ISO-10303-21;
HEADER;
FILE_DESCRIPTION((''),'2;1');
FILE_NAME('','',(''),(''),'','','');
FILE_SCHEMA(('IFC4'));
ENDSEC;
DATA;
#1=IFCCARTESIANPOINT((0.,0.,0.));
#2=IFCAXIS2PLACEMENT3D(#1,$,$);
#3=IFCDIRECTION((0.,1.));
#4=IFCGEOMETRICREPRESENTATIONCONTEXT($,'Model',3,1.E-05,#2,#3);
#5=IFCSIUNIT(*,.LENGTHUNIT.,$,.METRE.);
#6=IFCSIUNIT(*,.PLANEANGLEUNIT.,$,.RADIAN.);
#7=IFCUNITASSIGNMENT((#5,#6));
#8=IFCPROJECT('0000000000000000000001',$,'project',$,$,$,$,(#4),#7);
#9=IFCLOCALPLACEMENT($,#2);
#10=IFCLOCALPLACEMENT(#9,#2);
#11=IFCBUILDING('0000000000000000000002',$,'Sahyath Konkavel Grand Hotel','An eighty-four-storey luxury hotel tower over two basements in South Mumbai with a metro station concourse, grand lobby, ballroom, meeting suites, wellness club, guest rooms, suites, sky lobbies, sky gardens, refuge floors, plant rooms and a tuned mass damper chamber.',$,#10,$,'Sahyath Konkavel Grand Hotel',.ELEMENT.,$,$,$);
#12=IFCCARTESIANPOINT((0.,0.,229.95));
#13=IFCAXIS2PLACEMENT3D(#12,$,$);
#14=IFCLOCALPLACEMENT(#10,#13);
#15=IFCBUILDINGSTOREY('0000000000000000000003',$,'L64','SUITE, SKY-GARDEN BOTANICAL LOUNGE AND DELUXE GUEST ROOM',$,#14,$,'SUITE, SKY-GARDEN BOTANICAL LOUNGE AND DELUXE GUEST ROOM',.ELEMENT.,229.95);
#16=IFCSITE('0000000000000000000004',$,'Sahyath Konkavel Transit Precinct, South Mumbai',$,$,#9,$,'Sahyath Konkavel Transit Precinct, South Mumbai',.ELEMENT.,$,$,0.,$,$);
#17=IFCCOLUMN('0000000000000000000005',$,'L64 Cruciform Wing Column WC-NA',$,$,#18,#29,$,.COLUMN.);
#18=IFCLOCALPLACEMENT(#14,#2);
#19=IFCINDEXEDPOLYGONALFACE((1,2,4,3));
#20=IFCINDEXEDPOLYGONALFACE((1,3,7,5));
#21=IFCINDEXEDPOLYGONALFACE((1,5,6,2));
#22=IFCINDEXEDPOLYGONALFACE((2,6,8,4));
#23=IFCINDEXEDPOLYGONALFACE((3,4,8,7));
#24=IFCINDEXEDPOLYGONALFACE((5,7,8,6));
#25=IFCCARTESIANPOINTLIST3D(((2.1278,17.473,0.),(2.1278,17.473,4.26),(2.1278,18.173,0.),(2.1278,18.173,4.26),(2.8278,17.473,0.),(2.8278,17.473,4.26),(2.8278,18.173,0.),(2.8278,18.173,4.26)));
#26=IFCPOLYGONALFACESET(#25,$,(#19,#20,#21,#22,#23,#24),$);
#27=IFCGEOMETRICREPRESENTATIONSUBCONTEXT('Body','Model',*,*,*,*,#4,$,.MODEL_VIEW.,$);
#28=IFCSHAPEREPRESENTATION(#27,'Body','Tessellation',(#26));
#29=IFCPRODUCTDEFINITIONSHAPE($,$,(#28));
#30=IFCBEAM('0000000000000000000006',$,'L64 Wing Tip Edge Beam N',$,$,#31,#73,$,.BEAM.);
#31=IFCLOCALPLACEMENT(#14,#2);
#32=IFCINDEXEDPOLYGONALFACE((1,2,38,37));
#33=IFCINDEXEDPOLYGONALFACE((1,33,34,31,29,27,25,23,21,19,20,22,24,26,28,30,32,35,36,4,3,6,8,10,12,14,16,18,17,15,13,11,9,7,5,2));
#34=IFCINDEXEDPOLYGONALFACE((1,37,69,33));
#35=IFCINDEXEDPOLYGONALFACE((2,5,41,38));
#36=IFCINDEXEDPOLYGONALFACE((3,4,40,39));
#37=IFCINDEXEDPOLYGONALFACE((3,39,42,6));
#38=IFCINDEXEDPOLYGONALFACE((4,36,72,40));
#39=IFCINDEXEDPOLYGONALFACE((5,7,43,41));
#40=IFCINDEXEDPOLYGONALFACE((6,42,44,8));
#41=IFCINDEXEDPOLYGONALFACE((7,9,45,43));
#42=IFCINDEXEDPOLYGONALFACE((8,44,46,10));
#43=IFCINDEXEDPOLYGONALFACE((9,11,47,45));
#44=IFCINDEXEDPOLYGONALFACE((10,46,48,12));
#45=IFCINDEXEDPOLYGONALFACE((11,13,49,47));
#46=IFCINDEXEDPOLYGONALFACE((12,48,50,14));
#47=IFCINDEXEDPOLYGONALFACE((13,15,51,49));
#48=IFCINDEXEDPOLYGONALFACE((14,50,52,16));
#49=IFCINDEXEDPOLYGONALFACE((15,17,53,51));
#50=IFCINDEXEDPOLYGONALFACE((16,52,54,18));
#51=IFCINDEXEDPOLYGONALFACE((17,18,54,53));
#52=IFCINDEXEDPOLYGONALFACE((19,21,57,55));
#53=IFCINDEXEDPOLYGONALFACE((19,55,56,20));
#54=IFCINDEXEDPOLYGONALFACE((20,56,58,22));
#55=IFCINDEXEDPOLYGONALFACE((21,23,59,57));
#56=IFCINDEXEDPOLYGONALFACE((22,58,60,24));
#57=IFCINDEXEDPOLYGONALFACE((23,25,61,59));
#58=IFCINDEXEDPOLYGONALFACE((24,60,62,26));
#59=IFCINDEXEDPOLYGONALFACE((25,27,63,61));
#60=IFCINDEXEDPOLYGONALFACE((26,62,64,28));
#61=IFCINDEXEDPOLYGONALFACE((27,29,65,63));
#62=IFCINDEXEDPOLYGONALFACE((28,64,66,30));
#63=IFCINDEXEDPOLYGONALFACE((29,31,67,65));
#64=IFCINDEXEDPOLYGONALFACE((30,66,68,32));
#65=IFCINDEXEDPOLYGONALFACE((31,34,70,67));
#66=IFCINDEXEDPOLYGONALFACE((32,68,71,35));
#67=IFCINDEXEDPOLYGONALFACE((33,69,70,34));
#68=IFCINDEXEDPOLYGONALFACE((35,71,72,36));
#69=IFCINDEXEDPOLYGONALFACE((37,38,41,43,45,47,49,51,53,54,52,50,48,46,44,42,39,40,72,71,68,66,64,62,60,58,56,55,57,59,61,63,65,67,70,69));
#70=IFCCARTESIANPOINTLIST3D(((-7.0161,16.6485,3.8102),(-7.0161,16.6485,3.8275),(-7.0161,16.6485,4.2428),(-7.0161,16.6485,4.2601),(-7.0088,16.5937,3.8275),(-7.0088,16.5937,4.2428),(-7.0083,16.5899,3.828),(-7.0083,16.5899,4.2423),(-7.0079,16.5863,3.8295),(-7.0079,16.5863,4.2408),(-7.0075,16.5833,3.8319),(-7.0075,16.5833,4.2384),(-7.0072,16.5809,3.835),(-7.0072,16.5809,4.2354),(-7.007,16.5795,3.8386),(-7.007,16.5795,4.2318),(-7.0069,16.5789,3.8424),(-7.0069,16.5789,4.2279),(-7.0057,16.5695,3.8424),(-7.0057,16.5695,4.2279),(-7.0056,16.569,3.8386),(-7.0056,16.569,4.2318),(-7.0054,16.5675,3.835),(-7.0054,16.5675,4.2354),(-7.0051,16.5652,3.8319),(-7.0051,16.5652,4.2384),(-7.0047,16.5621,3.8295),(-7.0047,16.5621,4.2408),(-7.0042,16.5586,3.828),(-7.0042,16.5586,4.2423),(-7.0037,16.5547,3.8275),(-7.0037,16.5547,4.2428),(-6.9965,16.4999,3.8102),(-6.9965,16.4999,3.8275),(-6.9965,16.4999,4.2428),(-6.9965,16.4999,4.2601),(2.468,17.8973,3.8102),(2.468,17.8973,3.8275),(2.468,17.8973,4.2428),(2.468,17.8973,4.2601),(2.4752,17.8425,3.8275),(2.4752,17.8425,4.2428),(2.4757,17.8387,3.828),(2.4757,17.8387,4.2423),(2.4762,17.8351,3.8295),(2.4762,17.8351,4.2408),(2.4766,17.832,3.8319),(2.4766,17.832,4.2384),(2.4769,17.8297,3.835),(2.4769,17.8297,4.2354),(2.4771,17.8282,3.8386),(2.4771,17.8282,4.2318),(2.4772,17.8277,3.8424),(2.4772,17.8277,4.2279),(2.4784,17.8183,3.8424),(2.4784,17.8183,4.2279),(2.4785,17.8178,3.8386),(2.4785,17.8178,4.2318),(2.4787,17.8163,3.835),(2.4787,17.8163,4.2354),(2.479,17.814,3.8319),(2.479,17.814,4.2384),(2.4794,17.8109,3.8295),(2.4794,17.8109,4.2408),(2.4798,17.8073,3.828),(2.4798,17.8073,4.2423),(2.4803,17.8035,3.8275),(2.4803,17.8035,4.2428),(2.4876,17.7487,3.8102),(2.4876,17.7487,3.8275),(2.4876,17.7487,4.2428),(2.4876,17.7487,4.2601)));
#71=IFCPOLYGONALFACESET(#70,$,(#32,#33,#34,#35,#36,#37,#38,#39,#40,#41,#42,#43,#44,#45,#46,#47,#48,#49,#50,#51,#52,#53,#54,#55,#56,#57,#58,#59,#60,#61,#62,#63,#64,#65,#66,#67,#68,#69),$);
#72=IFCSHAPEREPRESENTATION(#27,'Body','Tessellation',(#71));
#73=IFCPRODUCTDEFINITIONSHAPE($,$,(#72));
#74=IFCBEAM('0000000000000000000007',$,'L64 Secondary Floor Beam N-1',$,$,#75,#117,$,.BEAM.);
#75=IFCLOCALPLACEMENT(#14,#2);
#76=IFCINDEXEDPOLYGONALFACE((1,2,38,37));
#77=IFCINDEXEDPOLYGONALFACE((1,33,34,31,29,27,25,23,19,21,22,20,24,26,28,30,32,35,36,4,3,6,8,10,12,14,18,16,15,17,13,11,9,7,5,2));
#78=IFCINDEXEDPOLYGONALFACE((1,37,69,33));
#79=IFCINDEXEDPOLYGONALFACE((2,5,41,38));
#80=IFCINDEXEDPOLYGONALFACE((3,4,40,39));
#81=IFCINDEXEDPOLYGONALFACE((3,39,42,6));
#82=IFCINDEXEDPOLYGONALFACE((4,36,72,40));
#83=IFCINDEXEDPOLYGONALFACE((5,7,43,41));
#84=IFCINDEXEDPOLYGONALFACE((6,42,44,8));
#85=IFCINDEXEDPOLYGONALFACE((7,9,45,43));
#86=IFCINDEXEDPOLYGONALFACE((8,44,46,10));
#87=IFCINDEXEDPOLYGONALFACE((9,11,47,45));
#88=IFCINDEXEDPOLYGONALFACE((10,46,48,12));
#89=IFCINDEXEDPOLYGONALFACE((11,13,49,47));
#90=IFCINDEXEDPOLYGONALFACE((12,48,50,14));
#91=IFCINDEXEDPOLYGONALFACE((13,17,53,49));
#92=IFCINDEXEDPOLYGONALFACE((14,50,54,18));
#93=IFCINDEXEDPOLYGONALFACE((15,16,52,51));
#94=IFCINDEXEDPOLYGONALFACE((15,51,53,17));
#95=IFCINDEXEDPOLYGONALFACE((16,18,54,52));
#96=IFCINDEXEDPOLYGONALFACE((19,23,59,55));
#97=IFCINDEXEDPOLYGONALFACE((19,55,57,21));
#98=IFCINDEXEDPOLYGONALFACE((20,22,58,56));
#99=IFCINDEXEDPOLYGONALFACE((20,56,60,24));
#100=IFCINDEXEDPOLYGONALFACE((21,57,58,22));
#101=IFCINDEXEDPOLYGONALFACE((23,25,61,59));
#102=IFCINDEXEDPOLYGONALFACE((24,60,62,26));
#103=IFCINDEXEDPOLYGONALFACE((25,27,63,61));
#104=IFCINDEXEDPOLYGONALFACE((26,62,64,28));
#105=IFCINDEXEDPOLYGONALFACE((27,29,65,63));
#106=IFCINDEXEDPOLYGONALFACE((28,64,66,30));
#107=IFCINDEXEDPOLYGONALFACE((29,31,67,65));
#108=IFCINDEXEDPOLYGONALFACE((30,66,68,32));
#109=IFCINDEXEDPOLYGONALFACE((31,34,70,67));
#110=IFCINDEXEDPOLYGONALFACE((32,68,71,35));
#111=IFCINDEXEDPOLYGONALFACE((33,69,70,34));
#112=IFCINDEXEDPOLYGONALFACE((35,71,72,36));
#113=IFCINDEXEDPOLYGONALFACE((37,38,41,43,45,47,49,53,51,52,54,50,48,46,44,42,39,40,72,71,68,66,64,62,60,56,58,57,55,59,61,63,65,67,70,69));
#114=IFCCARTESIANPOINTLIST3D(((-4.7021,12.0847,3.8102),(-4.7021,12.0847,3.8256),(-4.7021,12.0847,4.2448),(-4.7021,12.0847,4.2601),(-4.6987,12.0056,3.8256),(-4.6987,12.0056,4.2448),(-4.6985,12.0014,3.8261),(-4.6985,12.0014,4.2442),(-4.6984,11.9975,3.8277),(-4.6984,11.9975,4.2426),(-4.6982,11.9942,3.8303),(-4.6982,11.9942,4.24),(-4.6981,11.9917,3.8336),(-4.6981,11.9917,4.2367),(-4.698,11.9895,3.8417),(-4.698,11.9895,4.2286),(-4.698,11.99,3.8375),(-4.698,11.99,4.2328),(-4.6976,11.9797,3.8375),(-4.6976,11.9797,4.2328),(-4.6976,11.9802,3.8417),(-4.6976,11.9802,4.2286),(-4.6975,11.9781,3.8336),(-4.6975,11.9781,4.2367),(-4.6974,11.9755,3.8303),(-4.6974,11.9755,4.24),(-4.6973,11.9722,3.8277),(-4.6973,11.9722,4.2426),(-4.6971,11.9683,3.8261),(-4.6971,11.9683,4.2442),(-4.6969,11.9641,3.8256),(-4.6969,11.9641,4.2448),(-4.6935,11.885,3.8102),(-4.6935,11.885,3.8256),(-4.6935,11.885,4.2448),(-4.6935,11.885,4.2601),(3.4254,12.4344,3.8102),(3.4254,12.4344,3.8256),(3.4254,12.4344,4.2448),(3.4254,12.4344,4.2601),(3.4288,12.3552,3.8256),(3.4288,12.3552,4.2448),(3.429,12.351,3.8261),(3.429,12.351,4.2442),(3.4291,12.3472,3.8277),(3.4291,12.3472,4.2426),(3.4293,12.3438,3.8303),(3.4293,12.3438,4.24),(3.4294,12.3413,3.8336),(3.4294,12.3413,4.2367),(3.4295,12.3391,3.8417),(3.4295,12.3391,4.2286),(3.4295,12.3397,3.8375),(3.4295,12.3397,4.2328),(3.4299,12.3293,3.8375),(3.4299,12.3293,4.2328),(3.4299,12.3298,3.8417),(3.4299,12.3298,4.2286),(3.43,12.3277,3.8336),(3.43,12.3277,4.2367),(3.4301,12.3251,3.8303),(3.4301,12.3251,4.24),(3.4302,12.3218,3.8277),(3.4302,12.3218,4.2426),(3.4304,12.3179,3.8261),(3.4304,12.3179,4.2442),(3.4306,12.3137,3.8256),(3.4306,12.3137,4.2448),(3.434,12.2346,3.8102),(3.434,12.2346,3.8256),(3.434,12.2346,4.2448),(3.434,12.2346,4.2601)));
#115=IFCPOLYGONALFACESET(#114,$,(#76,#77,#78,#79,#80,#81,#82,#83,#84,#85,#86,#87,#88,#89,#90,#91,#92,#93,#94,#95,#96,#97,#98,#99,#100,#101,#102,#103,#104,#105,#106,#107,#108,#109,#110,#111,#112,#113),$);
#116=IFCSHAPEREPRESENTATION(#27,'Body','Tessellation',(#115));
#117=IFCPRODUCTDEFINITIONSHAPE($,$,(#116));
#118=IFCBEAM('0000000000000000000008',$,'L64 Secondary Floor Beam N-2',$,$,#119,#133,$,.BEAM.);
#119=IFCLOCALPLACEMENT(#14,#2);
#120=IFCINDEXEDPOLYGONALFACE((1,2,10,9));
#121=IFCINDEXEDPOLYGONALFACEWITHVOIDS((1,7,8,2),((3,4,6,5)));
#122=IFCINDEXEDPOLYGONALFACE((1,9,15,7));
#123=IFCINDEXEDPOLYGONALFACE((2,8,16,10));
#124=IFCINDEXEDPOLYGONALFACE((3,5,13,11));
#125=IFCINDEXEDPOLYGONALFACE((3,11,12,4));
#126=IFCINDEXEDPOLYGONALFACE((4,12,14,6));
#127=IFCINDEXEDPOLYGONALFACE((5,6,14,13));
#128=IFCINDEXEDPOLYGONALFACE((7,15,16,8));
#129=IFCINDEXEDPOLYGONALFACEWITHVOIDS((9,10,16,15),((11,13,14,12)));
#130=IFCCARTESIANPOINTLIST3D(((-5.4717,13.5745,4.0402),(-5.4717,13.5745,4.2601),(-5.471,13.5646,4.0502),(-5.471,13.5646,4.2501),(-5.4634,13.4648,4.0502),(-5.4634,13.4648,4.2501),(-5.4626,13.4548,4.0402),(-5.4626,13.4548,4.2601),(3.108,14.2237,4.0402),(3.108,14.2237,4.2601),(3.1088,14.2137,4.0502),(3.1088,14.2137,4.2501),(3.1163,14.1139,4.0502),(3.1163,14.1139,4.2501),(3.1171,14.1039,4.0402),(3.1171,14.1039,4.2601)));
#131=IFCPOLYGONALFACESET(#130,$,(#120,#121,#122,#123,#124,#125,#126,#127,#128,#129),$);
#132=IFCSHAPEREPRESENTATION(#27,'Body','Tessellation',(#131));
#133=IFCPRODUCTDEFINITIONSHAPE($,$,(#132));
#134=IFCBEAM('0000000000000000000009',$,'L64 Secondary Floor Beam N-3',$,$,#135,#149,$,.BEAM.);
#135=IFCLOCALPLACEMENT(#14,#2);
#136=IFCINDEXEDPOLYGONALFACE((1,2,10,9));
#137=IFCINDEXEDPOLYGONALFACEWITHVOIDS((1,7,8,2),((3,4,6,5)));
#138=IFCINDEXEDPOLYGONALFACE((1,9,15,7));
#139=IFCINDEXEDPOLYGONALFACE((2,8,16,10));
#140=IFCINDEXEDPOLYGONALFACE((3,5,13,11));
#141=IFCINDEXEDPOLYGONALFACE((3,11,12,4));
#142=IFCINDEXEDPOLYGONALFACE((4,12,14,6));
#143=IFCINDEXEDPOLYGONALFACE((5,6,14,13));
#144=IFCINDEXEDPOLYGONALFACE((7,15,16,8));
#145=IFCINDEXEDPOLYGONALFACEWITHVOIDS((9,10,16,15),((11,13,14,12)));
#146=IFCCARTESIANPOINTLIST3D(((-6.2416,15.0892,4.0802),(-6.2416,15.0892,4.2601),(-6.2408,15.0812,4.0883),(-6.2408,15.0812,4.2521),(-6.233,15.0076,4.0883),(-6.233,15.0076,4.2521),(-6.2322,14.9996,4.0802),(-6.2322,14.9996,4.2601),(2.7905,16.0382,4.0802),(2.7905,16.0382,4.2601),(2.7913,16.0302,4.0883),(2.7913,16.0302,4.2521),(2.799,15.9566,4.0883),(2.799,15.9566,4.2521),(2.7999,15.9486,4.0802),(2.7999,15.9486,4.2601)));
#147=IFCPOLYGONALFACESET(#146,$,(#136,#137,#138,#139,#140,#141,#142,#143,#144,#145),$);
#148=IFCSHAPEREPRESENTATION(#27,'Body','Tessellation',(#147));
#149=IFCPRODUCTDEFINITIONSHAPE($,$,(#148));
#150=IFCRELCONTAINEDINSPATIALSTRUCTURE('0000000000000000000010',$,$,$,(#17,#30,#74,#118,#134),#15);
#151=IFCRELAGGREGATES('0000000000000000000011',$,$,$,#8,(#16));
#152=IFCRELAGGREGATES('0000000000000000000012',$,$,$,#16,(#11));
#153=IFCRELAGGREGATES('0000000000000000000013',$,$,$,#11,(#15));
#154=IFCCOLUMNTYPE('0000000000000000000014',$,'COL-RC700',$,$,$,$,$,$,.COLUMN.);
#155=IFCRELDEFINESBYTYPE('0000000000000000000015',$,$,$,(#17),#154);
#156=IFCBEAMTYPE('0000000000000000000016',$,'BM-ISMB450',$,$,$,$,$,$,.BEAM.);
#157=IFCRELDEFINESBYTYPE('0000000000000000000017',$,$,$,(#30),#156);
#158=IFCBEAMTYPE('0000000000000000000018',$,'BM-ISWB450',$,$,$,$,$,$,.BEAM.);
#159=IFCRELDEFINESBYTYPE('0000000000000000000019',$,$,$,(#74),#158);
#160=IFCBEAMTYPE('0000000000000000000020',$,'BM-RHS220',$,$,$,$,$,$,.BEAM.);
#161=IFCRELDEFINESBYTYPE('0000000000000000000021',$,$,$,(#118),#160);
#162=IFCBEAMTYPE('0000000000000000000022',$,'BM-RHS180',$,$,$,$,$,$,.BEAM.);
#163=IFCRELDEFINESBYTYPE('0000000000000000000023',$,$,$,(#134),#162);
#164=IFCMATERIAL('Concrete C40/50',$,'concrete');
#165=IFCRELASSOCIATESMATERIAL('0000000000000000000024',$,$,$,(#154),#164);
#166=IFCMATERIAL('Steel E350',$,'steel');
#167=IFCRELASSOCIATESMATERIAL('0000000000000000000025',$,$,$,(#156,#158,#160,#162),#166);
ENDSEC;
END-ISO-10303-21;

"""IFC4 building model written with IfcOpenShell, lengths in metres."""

from ifc_helpers import new_model, si_unit, direction, frame, origin, origin_2d, place, context, subcontext, project, spatial, rectangle, hollow_rectangle, i_section, extrude, source, transform, mapped, material, material_profile, profile_set, type_object, element, save


model = new_model("IFC4")

# Units and contexts
model_context = context("Model", 3, precision=1e-05, world=origin(), true_north=direction((0.0, 1.0)))
body_context = subcontext(model_context, "Body", "Model", "MODEL_VIEW")
ifc_project = project(units=[si_unit("LENGTHUNIT", "METRE"), si_unit("PLANEANGLEUNIT", "RADIAN")], contexts=[model_context])

# Site, building, storey
site_placement = place(None, origin())
site = spatial("IfcSite", under=ifc_project, at=site_placement, Name="Sahyath Konkavel Transit Precinct, South Mumbai", LongName="Sahyath Konkavel Transit Precinct, South Mumbai", CompositionType="ELEMENT", RefElevation=0.0)
building_placement = place(site_placement, origin())
building = spatial("IfcBuilding", under=site, at=building_placement, Name="Sahyath Konkavel Grand Hotel", Description="An eighty-four-storey luxury hotel tower over two basements in South Mumbai with a metro station concourse, grand lobby, ballroom, meeting suites, wellness club, guest rooms, suites, sky lobbies, sky gardens, refuge floors, plant rooms and a tuned mass damper chamber.", LongName="Sahyath Konkavel Grand Hotel", CompositionType="ELEMENT")
storey_placement = place(building_placement, frame((0.0, 0.0, 229.95)))
storey = spatial("IfcBuildingStorey", under=building, at=storey_placement, Name="L64", Description="SUITE, SKY-GARDEN BOTANICAL LOUNGE AND DELUXE GUEST ROOM", LongName="SUITE, SKY-GARDEN BOTANICAL LOUNGE AND DELUXE GUEST ROOM", CompositionType="ELEMENT", Elevation=229.95)

# Column
ifc_material_1 = material(Name="Concrete C40/50", Category="concrete")
ifc_material_profile_1 = material_profile(ifc_material_1, rectangle(XDim=0.7, YDim=0.7, at=origin_2d()), Name="RC 700x700")
ifc_profile_set_1 = profile_set([ifc_material_profile_1], Name="Concrete C40/50")
column_type = type_object("IfcColumnType", Name="COL-RC700", PredefinedType="COLUMN", material=ifc_profile_set_1)
shared_shape_1 = source(origin(), body_context, "Body", "SweptSolid", [
    extrude(rectangle(XDim=0.7, YDim=0.7, at=origin_2d()), origin(), (0.0, 0.0, 1.0), 4.26),
])
column_placement = place(storey_placement, frame((2.4778, 17.823, 0.0), z_axis=(0.0, 0.0, 1.0), x_axis=(1.0, 0.0, 0.0)))
element("IfcColumn", 1, at=column_placement, inside=storey, type_object=column_type, Name="L64 Cruciform Wing Column WC-NA", PredefinedType="COLUMN", context=body_context, shape_type="MappedRepresentation", body=[
    mapped(shared_shape_1, transform((0.0, 0.0, 0.0), scale=1.0)),
])

# Beams
ifc_material_2 = material(Name="Steel E350", Category="steel")
ifc_material_profile_2 = material_profile(ifc_material_2, i_section(OverallWidth=0.1499, OverallDepth=0.45, WebThickness=0.0095, FlangeThickness=0.0173, FilletRadius=0.0149, at=origin_2d()), Name="ISMB 450")
ifc_profile_set_2 = profile_set([ifc_material_profile_2], Name="Steel E350")
beam_type_1 = type_object("IfcBeamType", Name="BM-ISMB450", PredefinedType="BEAM", material=ifc_profile_set_2)
shared_shape_2 = source(origin(), body_context, "Body", "SweptSolid", [
    extrude(i_section(OverallWidth=0.1499, OverallDepth=0.45, WebThickness=0.0095, FlangeThickness=0.0173, FilletRadius=0.0149, at=origin_2d()), origin(), (0.0, 0.0, 1.0), 9.5659),
])
beam_1_placement = place(storey_placement, frame((2.4778, 17.823, 4.0352), z_axis=(-0.991443, -0.130544, 0.0), x_axis=(0.130544, -0.991443, 0.0)))
element("IfcBeam", 2, at=beam_1_placement, inside=storey, type_object=beam_type_1, Name="L64 Wing Tip Edge Beam N", PredefinedType="BEAM", context=body_context, shape_type="MappedRepresentation", body=[
    mapped(shared_shape_2, transform((0.0, 0.0, 0.0), scale=1.0)),
])
ifc_material_profile_3 = material_profile(ifc_material_2, i_section(OverallWidth=0.2, OverallDepth=0.45, WebThickness=0.0093, FlangeThickness=0.0154, FilletRadius=0.0161, at=origin_2d()), Name="ISWB 450")
ifc_profile_set_3 = profile_set([ifc_material_profile_3], Name="Steel E350")
beam_type_2 = type_object("IfcBeamType", Name="BM-ISWB450", PredefinedType="BEAM", material=ifc_profile_set_3)
shared_shape_3 = source(origin(), body_context, "Body", "SweptSolid", [
    extrude(i_section(OverallWidth=0.2, OverallDepth=0.45, WebThickness=0.0093, FlangeThickness=0.0154, FilletRadius=0.0161, at=origin_2d()), origin(), (0.0, 0.0, 1.0), 8.135),
])
beam_2_placement = place(storey_placement, frame((3.4297, 12.3345, 4.0352), z_axis=(-0.999076, -0.042976, 0.0), x_axis=(0.042976, -0.999076, 0.0)))
element("IfcBeam", 3, at=beam_2_placement, inside=storey, type_object=beam_type_2, Name="L64 Secondary Floor Beam N-1", PredefinedType="BEAM", context=body_context, shape_type="MappedRepresentation", body=[
    mapped(shared_shape_3, transform((0.0, 0.0, 0.0), scale=1.0)),
])
ifc_material_profile_4 = material_profile(ifc_material_2, hollow_rectangle(XDim=0.1201, YDim=0.22, WallThickness=0.01, at=origin_2d()), Name="RHS 220x120x10")
ifc_profile_set_4 = profile_set([ifc_material_profile_4], Name="Steel E350")
beam_type_3 = type_object("IfcBeamType", Name="BM-RHS220", PredefinedType="BEAM", material=ifc_profile_set_4)
shared_shape_4 = source(origin(), body_context, "Body", "SweptSolid", [
    extrude(hollow_rectangle(XDim=0.1201, YDim=0.22, WallThickness=0.01, at=origin_2d()), origin(), (0.0, 0.0, 1.0), 8.6042),
])
beam_3_placement = place(storey_placement, frame((3.1125, 14.1638, 4.1501), z_axis=(-0.99715, -0.075447, 0.0), x_axis=(0.075447, -0.99715, 0.0)))
element("IfcBeam", 4, at=beam_3_placement, inside=storey, type_object=beam_type_3, Name="L64 Secondary Floor Beam N-2", PredefinedType="BEAM", context=body_context, shape_type="MappedRepresentation", body=[
    mapped(shared_shape_4, transform((0.0, 0.0, 0.0), scale=1.0)),
])
ifc_material_profile_5 = material_profile(ifc_material_2, hollow_rectangle(XDim=0.0901, YDim=0.1799, WallThickness=0.0081, at=origin_2d()), Name="RHS 180x90x8")
ifc_profile_set_5 = profile_set([ifc_material_profile_5], Name="Steel E350")
beam_type_4 = type_object("IfcBeamType", Name="BM-RHS180", PredefinedType="BEAM", material=ifc_profile_set_5)
shared_shape_5 = source(origin(), body_context, "Body", "SweptSolid", [
    extrude(hollow_rectangle(XDim=0.0901, YDim=0.1799, WallThickness=0.0081, at=origin_2d()), origin(), (0.0, 0.0, 1.0), 9.0818),
])
beam_4_placement = place(storey_placement, frame((2.7952, 15.9934, 4.1702), z_axis=(-0.994526, -0.104493, 0.0), x_axis=(0.104493, -0.994526, 0.0)))
element("IfcBeam", 5, at=beam_4_placement, inside=storey, type_object=beam_type_4, Name="L64 Secondary Floor Beam N-3", PredefinedType="BEAM", context=body_context, shape_type="MappedRepresentation", body=[
    mapped(shared_shape_5, transform((0.0, 0.0, 0.0), scale=1.0)),
])

save(model, "model.ifc")
